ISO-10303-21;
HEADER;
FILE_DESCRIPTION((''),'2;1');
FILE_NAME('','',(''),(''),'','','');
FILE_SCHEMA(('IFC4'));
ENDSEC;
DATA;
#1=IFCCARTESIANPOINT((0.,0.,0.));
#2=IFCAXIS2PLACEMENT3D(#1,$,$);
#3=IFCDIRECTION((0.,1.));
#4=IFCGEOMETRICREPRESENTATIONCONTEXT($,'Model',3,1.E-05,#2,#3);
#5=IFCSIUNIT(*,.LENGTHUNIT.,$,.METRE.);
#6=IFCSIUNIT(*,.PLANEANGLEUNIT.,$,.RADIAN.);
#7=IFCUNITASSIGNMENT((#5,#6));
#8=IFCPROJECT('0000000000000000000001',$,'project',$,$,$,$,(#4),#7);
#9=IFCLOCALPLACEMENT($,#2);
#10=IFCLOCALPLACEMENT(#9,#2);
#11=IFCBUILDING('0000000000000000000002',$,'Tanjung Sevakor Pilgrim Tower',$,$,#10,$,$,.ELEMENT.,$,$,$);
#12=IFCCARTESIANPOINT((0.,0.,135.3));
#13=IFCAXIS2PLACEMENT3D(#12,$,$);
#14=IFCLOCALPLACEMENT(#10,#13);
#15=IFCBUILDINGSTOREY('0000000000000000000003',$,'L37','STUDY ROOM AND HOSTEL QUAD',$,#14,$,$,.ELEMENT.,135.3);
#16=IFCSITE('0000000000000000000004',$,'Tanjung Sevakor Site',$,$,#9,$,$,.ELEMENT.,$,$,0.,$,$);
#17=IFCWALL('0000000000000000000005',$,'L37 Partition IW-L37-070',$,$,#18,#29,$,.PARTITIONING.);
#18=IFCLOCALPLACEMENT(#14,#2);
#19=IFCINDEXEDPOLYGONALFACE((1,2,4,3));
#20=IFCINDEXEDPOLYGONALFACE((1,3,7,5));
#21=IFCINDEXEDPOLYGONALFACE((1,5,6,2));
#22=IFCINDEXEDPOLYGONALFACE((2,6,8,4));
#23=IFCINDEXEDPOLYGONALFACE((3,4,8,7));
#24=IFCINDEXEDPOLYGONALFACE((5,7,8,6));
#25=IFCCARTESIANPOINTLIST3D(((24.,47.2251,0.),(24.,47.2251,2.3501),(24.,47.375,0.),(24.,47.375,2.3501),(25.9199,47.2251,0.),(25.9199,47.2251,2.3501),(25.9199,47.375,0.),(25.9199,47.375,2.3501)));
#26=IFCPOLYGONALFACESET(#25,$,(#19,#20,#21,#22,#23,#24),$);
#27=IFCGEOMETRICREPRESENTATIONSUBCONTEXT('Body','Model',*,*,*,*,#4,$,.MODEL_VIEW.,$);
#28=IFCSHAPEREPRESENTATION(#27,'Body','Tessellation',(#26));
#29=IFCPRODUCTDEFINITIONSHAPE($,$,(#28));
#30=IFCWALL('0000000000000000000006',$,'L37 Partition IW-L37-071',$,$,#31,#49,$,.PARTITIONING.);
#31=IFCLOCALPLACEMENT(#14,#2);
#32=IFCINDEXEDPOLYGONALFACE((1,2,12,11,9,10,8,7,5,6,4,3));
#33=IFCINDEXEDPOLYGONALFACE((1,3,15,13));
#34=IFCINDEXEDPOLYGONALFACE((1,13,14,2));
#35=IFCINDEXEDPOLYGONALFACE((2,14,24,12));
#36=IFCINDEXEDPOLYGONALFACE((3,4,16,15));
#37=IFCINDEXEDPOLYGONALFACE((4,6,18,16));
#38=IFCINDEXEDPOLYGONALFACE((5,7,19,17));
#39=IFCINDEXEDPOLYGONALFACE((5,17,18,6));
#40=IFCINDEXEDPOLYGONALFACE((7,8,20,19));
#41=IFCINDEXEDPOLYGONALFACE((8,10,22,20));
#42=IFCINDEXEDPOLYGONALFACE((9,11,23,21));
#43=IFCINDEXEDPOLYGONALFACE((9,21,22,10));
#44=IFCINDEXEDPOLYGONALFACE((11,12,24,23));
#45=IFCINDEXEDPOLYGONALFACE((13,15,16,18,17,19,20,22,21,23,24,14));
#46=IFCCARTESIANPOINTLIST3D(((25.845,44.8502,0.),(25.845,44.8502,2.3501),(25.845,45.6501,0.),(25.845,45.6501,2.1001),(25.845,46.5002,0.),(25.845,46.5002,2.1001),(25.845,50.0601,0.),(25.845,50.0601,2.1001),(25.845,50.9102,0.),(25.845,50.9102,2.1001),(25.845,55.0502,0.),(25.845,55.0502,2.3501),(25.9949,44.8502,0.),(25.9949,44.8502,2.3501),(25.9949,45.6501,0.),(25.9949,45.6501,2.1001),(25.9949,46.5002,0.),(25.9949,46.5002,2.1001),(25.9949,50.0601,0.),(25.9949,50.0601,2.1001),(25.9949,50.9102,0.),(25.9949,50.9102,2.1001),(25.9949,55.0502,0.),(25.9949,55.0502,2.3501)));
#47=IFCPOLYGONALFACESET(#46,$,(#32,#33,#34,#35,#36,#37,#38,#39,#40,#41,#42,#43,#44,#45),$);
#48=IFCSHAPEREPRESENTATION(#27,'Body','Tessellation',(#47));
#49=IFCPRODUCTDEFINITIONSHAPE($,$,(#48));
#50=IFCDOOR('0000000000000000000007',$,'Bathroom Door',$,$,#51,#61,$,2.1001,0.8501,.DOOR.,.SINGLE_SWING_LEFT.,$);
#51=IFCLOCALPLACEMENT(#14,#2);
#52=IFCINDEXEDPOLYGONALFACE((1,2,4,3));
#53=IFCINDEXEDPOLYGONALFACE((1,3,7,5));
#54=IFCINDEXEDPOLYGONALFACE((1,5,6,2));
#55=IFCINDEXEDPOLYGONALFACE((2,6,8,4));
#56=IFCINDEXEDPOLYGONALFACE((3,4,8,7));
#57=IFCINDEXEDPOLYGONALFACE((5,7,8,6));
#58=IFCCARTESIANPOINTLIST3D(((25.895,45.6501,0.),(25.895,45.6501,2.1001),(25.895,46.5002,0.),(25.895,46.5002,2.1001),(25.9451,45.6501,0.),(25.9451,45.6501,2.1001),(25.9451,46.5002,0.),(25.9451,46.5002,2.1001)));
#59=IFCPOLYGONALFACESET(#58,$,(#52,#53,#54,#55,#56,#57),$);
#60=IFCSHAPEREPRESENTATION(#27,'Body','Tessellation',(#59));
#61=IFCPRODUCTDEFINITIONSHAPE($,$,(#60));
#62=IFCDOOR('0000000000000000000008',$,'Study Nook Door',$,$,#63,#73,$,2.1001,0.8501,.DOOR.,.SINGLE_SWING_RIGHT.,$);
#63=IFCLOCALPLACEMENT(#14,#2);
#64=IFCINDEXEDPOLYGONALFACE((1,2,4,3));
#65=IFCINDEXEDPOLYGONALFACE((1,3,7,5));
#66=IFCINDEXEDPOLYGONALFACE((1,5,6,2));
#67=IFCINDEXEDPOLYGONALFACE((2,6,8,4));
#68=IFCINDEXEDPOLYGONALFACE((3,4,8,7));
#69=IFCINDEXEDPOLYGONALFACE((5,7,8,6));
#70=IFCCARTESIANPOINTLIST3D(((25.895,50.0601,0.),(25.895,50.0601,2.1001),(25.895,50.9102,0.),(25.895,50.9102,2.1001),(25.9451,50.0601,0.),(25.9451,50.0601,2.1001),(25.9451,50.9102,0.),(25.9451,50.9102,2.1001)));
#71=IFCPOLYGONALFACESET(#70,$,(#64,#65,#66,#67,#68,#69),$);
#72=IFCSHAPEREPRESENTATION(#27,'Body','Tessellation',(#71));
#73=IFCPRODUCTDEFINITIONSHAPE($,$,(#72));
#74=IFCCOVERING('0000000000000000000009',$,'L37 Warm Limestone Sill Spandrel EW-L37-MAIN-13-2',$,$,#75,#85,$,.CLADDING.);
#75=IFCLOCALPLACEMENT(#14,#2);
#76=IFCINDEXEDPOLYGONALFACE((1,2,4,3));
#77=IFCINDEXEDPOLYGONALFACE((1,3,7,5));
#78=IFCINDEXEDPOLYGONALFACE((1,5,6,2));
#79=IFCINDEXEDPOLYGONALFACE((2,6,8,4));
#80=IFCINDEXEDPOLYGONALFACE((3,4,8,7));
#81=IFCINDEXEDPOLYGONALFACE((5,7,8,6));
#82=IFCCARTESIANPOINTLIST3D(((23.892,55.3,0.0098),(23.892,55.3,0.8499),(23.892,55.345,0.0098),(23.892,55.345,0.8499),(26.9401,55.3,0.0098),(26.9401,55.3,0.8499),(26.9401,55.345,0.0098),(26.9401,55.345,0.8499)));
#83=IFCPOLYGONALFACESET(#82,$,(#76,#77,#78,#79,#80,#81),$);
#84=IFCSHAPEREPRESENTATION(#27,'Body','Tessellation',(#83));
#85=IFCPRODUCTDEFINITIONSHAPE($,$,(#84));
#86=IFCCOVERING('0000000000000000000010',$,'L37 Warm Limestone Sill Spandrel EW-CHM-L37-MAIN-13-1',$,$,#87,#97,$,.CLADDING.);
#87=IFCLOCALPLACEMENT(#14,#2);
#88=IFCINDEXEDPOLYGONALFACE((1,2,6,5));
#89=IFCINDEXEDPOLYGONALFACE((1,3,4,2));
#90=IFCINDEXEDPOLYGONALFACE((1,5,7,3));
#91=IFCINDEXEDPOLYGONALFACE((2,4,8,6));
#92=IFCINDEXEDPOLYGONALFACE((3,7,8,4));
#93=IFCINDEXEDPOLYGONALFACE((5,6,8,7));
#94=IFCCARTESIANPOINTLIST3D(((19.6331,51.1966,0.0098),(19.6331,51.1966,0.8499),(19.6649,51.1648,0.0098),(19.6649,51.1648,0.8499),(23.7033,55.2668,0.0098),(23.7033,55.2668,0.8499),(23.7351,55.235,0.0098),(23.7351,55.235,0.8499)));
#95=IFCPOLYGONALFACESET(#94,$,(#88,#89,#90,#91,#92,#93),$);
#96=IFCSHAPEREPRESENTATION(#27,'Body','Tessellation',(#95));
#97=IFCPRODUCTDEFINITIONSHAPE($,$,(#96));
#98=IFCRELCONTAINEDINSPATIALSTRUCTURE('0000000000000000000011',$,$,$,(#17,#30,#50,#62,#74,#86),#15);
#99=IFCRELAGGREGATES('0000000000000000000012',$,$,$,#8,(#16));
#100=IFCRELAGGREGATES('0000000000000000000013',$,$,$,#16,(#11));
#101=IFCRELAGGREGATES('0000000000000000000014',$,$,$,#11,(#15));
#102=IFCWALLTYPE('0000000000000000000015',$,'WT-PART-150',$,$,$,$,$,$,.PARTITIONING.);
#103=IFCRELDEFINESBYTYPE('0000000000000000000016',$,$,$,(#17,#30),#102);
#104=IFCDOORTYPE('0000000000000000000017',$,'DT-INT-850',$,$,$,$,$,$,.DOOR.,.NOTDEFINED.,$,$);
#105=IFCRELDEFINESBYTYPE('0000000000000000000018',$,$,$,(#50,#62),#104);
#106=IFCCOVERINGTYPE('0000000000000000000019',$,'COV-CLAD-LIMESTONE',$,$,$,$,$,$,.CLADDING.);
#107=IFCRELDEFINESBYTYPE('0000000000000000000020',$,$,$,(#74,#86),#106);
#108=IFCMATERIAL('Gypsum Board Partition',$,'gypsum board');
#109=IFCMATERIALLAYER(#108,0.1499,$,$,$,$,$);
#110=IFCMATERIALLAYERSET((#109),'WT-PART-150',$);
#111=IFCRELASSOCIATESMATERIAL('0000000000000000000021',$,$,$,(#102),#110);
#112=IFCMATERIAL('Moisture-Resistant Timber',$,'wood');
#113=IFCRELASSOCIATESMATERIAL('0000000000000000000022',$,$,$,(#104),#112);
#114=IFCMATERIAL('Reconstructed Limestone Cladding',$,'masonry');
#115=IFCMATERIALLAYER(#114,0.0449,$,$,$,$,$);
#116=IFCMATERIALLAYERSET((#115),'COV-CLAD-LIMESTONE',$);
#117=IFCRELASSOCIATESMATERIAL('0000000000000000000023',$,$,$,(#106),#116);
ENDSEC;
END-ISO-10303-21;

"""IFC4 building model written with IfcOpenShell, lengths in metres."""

from ifc_helpers import new_model, si_unit, direction, frame, frame_2d, origin, origin_2d, place, context, subcontext, project, spatial, rectangle, extrude, material, layer, layer_set, type_object, element, fill, save


model = new_model("IFC4")

# Units and contexts
model_context = context("Model", 3, precision=1e-05, world=origin(), true_north=direction((0.0, 1.0)))
body_context = subcontext(model_context, "Body", "Model", "MODEL_VIEW")
ifc_project = project(units=[si_unit("LENGTHUNIT", "METRE"), si_unit("PLANEANGLEUNIT", "RADIAN")], contexts=[model_context])

# Site, building, storey
site_placement = place(None, origin())
site = spatial("IfcSite", under=ifc_project, at=site_placement, Name="Tanjung Sevakor Site", CompositionType="ELEMENT", RefElevation=0.0)
building_placement = place(site_placement, origin())
building = spatial("IfcBuilding", under=site, at=building_placement, Name="Tanjung Sevakor Pilgrim Tower", CompositionType="ELEMENT")
storey_placement = place(building_placement, frame((0.0, 0.0, 135.3)))
storey = spatial("IfcBuildingStorey", under=building, at=storey_placement, Name="L37", Description="STUDY ROOM AND HOSTEL QUAD", CompositionType="ELEMENT", Elevation=135.3)

# Wall
ifc_material_1 = material(Name="Gypsum Board Partition", Category="gypsum board")
ifc_layer_1 = layer(ifc_material_1, 0.1499)
ifc_layer_set_1 = layer_set([ifc_layer_1], Name="WT-PART-150")
wall_type_1 = type_object("IfcWallType", Name="WT-PART-150", PredefinedType="PARTITIONING", material=ifc_layer_set_1)
wall_1_placement = place(storey_placement, frame((24.0, 47.3, 0.0), z_axis=(0.0, 0.0, 1.0), x_axis=(1.0, 0.0, 0.0)))
element("IfcWall", 1, at=wall_1_placement, inside=storey, type_object=wall_type_1, Name="L37 Partition IW-L37-070", PredefinedType="PARTITIONING", context=body_context, shape_type="SweptSolid", body=[
    extrude(rectangle(XDim=1.9199, YDim=0.1499, at=frame_2d((0.96, 0.0))), origin(), (0.0, 0.0, 1.0), 2.3501),
])

# Wall, openings, doors
wall_2_placement = place(storey_placement, frame((25.9199, 44.8501, 0.0), z_axis=(0.0, 0.0, 1.0), x_axis=(0.0, 1.0, 0.0)))
wall_2 = element("IfcWall", 2, at=wall_2_placement, inside=storey, type_object=wall_type_1, Name="L37 Partition IW-L37-071", PredefinedType="PARTITIONING", context=body_context, shape_type="SweptSolid", body=[
    extrude(rectangle(XDim=10.2, YDim=0.1499, at=frame_2d((5.1001, 0.0))), origin(), (0.0, 0.0, 1.0), 2.3501),
])
opening_1_placement = place(wall_2_placement, frame((0.8, 0.0, 0.0)))
opening_1 = element("IfcOpeningElement", 3, at=opening_1_placement, cuts=wall_2, PredefinedType="OPENING", context=body_context, shape_type="SweptSolid", body=[
    extrude(rectangle(XDim=0.8501, YDim=2.1001, at=frame_2d((0.425, 1.05))), frame((0.0, 0.085, 0.0), z_axis=(0.0, -1.0, 0.0), x_axis=(1.0, 0.0, 0.0)), (0.0, 0.0, 1.0), 0.1699),
])
opening_2_placement = place(wall_2_placement, frame((5.21, 0.0, 0.0)))
opening_2 = element("IfcOpeningElement", 4, at=opening_2_placement, cuts=wall_2, PredefinedType="OPENING", context=body_context, shape_type="SweptSolid", body=[
    extrude(rectangle(XDim=0.8501, YDim=2.1001, at=frame_2d((0.425, 1.05))), frame((0.0, 0.085, 0.0), z_axis=(0.0, -1.0, 0.0), x_axis=(1.0, 0.0, 0.0)), (0.0, 0.0, 1.0), 0.1699),
])
ifc_material_2 = material(Name="Moisture-Resistant Timber", Category="wood")
door_type_1 = type_object("IfcDoorType", Name="DT-INT-850", OperationType="NOTDEFINED", PredefinedType="DOOR", material=ifc_material_2)
door_1_placement = place(opening_1_placement, origin())
door_1 = element("IfcDoor", 5, at=door_1_placement, inside=storey, type_object=door_type_1, Name="Bathroom Door", OperationType="SINGLE_SWING_LEFT", OverallHeight=2.1001, OverallWidth=0.8501, PredefinedType="DOOR", context=body_context, shape_type="SweptSolid", body=[
    extrude(rectangle(XDim=0.8501, YDim=2.1001, at=frame_2d((0.425, 1.05))), frame((0.0, 0.0249, 0.0), z_axis=(0.0, -1.0, 0.0), x_axis=(1.0, 0.0, 0.0)), (0.0, 0.0, 1.0), 0.05),
])
fill(opening_1, door_1)
door_2_placement = place(opening_2_placement, origin())
door_2 = element("IfcDoor", 6, at=door_2_placement, inside=storey, type_object=door_type_1, Name="Study Nook Door", OperationType="SINGLE_SWING_RIGHT", OverallHeight=2.1001, OverallWidth=0.8501, PredefinedType="DOOR", context=body_context, shape_type="SweptSolid", body=[
    extrude(rectangle(XDim=0.8501, YDim=2.1001, at=frame_2d((0.425, 1.05))), frame((0.0, 0.0249, 0.0), z_axis=(0.0, -1.0, 0.0), x_axis=(1.0, 0.0, 0.0)), (0.0, 0.0, 1.0), 0.05),
])
fill(opening_2, door_2)

# Coverings
ifc_material_3 = material(Name="Reconstructed Limestone Cladding", Category="masonry")
ifc_layer_2 = layer(ifc_material_3, 0.0449)
ifc_layer_set_2 = layer_set([ifc_layer_2], Name="COV-CLAD-LIMESTONE")
covering_type = type_object("IfcCoveringType", Name="COV-CLAD-LIMESTONE", PredefinedType="CLADDING", material=ifc_layer_set_2)
covering_1_placement = place(storey_placement, frame((25.416, 55.3225, 0.0098), z_axis=(0.0, 0.0, 1.0), x_axis=(-1.0, 0.0, 0.0)))
element("IfcCovering", 7, at=covering_1_placement, inside=storey, type_object=covering_type, Name="L37 Warm Limestone Sill Spandrel EW-L37-MAIN-13-2", PredefinedType="CLADDING", context=body_context, shape_type="SweptSolid", body=[
    extrude(rectangle(XDim=3.0481, YDim=0.0449, at=origin_2d()), origin(), (0.0, 0.0, 1.0), 0.8401),
])
covering_2_placement = place(storey_placement, frame((21.6841, 53.2158, 0.0098), z_axis=(0.0, 0.0, 1.0), x_axis=(-0.707107, -0.707107, 0.0)))
element("IfcCovering", 8, at=covering_2_placement, inside=storey, type_object=covering_type, Name="L37 Warm Limestone Sill Spandrel EW-CHM-L37-MAIN-13-1", PredefinedType="CLADDING", context=body_context, shape_type="SweptSolid", body=[
    extrude(rectangle(XDim=5.7561, YDim=0.0449, at=origin_2d()), origin(), (0.0, 0.0, 1.0), 0.8401),
])

save(model, "model.ifc")
